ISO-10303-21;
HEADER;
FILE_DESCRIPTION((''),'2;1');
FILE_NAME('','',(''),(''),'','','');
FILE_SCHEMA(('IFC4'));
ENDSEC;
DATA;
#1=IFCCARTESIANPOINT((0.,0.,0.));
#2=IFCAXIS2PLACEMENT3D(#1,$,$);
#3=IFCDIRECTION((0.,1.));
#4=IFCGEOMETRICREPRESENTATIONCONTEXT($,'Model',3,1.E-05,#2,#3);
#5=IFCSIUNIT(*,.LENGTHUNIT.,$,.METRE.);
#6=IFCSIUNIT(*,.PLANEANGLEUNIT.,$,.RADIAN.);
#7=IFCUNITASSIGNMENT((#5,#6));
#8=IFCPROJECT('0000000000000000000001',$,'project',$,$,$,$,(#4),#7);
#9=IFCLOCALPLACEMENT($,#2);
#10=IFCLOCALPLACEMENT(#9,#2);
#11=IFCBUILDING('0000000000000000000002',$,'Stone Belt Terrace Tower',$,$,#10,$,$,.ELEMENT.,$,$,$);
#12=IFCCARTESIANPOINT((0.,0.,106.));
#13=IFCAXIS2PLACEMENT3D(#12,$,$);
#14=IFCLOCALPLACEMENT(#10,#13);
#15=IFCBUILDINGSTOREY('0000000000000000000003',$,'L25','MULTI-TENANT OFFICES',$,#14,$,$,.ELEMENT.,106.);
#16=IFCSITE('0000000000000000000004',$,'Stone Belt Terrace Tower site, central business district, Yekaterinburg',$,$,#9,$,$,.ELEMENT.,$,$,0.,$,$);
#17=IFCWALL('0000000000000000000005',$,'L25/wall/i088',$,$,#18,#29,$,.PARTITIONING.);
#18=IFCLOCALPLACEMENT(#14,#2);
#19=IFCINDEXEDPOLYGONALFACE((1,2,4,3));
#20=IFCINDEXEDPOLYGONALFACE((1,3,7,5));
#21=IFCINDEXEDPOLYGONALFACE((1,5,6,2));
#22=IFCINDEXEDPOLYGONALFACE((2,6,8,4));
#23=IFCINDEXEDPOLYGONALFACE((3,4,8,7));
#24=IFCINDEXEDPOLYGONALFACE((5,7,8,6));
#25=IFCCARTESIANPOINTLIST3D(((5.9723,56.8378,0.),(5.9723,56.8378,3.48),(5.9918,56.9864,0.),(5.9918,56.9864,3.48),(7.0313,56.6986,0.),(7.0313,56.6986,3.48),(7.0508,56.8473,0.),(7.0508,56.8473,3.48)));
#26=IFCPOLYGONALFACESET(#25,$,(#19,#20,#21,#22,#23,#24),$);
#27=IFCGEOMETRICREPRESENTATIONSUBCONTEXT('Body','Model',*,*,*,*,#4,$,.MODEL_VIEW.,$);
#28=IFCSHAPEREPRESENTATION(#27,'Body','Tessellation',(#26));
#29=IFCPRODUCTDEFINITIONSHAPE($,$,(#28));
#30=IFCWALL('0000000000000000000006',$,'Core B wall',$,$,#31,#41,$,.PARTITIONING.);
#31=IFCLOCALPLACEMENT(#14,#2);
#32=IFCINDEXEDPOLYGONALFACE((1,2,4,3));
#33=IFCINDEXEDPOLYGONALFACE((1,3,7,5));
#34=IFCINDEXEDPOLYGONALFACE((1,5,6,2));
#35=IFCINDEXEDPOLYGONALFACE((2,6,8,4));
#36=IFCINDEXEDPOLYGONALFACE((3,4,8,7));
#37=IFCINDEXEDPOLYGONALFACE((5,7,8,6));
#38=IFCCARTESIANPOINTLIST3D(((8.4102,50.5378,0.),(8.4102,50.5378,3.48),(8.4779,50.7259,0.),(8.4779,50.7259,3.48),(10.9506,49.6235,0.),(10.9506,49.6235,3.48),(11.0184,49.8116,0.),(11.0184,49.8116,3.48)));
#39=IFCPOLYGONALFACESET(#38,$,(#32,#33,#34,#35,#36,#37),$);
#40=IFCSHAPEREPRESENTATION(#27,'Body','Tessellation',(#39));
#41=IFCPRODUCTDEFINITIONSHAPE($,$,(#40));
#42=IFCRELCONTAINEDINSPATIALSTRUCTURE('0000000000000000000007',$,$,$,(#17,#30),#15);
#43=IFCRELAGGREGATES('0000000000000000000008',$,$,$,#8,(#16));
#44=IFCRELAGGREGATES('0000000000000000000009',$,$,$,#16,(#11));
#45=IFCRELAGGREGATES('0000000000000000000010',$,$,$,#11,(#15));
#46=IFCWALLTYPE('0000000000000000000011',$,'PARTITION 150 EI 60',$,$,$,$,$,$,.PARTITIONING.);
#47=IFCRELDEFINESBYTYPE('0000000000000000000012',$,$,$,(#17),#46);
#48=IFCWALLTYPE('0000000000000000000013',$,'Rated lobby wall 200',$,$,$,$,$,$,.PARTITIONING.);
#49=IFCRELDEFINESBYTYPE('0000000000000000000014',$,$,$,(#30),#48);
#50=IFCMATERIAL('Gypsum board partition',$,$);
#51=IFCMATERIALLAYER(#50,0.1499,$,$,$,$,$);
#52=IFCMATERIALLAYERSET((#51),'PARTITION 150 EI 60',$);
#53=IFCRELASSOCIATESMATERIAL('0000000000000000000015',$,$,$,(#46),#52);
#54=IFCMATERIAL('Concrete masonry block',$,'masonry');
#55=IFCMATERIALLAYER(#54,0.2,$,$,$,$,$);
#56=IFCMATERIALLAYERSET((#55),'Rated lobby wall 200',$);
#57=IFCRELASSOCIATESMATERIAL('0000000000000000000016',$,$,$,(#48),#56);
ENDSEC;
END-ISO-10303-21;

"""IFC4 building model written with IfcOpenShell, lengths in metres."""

from ifc_helpers import new_model, si_unit, direction, frame, frame_2d, origin, place, context, subcontext, project, spatial, rectangle, extrude, material, layer, layer_set, type_object, element, save


model = new_model("IFC4")

# Units and contexts
model_context = context("Model", 3, precision=1e-05, world=origin(), true_north=direction((0.0, 1.0)))
body_context = subcontext(model_context, "Body", "Model", "MODEL_VIEW")
ifc_project = project(units=[si_unit("LENGTHUNIT", "METRE"), si_unit("PLANEANGLEUNIT", "RADIAN")], contexts=[model_context])

# Site, building, storey
site_placement = place(None, origin())
site = spatial("IfcSite", under=ifc_project, at=site_placement, Name="Stone Belt Terrace Tower site, central business district, Yekaterinburg", CompositionType="ELEMENT", RefElevation=0.0)
building_placement = place(site_placement, origin())
building = spatial("IfcBuilding", under=site, at=building_placement, Name="Stone Belt Terrace Tower", CompositionType="ELEMENT")
storey_placement = place(building_placement, frame((0.0, 0.0, 106.0)))
storey = spatial("IfcBuildingStorey", under=building, at=storey_placement, Name="L25", Description="MULTI-TENANT OFFICES", CompositionType="ELEMENT", Elevation=106.0)

# Shared definitions
ifc_material_1 = material(Name="Gypsum board partition")

# Shared definitions
ifc_layer_1 = layer(ifc_material_1, 0.1499)
ifc_layer_set_1 = layer_set([ifc_layer_1], Name="PARTITION 150 EI 60")
wall_type_1 = type_object("IfcWallType", Name="PARTITION 150 EI 60", PredefinedType="PARTITIONING", material=ifc_layer_set_1)

# Walls
wall_1_placement = place(storey_placement, frame((5.9819, 56.9121, 0.0), z_axis=(0.0, 0.0, 1.0), x_axis=(0.991478, -0.130277, 0.0)))
element("IfcWall", 1, at=wall_1_placement, inside=storey, type_object=wall_type_1, Name="L25/wall/i088", PredefinedType="PARTITIONING", context=body_context, shape_type="SweptSolid", body=[
    extrude(rectangle(XDim=1.0681, YDim=0.1499, at=frame_2d((0.5342, 0.0))), origin(), (0.0, 0.0, 1.0), 3.48),
])
ifc_material_2 = material(Name="Concrete masonry block", Category="masonry")
ifc_layer_2 = layer(ifc_material_2, 0.2)
ifc_layer_set_2 = layer_set([ifc_layer_2], Name="Rated lobby wall 200")
wall_type_2 = type_object("IfcWallType", Name="Rated lobby wall 200", PredefinedType="PARTITIONING", material=ifc_layer_set_2)
wall_2_placement = place(storey_placement, frame((10.9846, 49.7175, 0.0), z_axis=(0.0, 0.0, 1.0), x_axis=(-0.940921, 0.338627, 0.0)))
element("IfcWall", 2, at=wall_2_placement, inside=storey, type_object=wall_type_2, Name="Core B wall", PredefinedType="PARTITIONING", context=body_context, shape_type="SweptSolid", body=[
    extrude(rectangle(XDim=2.7, YDim=0.2, at=frame_2d((1.3501, 0.0))), origin(), (0.0, 0.0, 1.0), 3.48),
])

save(model, "model.ifc")
